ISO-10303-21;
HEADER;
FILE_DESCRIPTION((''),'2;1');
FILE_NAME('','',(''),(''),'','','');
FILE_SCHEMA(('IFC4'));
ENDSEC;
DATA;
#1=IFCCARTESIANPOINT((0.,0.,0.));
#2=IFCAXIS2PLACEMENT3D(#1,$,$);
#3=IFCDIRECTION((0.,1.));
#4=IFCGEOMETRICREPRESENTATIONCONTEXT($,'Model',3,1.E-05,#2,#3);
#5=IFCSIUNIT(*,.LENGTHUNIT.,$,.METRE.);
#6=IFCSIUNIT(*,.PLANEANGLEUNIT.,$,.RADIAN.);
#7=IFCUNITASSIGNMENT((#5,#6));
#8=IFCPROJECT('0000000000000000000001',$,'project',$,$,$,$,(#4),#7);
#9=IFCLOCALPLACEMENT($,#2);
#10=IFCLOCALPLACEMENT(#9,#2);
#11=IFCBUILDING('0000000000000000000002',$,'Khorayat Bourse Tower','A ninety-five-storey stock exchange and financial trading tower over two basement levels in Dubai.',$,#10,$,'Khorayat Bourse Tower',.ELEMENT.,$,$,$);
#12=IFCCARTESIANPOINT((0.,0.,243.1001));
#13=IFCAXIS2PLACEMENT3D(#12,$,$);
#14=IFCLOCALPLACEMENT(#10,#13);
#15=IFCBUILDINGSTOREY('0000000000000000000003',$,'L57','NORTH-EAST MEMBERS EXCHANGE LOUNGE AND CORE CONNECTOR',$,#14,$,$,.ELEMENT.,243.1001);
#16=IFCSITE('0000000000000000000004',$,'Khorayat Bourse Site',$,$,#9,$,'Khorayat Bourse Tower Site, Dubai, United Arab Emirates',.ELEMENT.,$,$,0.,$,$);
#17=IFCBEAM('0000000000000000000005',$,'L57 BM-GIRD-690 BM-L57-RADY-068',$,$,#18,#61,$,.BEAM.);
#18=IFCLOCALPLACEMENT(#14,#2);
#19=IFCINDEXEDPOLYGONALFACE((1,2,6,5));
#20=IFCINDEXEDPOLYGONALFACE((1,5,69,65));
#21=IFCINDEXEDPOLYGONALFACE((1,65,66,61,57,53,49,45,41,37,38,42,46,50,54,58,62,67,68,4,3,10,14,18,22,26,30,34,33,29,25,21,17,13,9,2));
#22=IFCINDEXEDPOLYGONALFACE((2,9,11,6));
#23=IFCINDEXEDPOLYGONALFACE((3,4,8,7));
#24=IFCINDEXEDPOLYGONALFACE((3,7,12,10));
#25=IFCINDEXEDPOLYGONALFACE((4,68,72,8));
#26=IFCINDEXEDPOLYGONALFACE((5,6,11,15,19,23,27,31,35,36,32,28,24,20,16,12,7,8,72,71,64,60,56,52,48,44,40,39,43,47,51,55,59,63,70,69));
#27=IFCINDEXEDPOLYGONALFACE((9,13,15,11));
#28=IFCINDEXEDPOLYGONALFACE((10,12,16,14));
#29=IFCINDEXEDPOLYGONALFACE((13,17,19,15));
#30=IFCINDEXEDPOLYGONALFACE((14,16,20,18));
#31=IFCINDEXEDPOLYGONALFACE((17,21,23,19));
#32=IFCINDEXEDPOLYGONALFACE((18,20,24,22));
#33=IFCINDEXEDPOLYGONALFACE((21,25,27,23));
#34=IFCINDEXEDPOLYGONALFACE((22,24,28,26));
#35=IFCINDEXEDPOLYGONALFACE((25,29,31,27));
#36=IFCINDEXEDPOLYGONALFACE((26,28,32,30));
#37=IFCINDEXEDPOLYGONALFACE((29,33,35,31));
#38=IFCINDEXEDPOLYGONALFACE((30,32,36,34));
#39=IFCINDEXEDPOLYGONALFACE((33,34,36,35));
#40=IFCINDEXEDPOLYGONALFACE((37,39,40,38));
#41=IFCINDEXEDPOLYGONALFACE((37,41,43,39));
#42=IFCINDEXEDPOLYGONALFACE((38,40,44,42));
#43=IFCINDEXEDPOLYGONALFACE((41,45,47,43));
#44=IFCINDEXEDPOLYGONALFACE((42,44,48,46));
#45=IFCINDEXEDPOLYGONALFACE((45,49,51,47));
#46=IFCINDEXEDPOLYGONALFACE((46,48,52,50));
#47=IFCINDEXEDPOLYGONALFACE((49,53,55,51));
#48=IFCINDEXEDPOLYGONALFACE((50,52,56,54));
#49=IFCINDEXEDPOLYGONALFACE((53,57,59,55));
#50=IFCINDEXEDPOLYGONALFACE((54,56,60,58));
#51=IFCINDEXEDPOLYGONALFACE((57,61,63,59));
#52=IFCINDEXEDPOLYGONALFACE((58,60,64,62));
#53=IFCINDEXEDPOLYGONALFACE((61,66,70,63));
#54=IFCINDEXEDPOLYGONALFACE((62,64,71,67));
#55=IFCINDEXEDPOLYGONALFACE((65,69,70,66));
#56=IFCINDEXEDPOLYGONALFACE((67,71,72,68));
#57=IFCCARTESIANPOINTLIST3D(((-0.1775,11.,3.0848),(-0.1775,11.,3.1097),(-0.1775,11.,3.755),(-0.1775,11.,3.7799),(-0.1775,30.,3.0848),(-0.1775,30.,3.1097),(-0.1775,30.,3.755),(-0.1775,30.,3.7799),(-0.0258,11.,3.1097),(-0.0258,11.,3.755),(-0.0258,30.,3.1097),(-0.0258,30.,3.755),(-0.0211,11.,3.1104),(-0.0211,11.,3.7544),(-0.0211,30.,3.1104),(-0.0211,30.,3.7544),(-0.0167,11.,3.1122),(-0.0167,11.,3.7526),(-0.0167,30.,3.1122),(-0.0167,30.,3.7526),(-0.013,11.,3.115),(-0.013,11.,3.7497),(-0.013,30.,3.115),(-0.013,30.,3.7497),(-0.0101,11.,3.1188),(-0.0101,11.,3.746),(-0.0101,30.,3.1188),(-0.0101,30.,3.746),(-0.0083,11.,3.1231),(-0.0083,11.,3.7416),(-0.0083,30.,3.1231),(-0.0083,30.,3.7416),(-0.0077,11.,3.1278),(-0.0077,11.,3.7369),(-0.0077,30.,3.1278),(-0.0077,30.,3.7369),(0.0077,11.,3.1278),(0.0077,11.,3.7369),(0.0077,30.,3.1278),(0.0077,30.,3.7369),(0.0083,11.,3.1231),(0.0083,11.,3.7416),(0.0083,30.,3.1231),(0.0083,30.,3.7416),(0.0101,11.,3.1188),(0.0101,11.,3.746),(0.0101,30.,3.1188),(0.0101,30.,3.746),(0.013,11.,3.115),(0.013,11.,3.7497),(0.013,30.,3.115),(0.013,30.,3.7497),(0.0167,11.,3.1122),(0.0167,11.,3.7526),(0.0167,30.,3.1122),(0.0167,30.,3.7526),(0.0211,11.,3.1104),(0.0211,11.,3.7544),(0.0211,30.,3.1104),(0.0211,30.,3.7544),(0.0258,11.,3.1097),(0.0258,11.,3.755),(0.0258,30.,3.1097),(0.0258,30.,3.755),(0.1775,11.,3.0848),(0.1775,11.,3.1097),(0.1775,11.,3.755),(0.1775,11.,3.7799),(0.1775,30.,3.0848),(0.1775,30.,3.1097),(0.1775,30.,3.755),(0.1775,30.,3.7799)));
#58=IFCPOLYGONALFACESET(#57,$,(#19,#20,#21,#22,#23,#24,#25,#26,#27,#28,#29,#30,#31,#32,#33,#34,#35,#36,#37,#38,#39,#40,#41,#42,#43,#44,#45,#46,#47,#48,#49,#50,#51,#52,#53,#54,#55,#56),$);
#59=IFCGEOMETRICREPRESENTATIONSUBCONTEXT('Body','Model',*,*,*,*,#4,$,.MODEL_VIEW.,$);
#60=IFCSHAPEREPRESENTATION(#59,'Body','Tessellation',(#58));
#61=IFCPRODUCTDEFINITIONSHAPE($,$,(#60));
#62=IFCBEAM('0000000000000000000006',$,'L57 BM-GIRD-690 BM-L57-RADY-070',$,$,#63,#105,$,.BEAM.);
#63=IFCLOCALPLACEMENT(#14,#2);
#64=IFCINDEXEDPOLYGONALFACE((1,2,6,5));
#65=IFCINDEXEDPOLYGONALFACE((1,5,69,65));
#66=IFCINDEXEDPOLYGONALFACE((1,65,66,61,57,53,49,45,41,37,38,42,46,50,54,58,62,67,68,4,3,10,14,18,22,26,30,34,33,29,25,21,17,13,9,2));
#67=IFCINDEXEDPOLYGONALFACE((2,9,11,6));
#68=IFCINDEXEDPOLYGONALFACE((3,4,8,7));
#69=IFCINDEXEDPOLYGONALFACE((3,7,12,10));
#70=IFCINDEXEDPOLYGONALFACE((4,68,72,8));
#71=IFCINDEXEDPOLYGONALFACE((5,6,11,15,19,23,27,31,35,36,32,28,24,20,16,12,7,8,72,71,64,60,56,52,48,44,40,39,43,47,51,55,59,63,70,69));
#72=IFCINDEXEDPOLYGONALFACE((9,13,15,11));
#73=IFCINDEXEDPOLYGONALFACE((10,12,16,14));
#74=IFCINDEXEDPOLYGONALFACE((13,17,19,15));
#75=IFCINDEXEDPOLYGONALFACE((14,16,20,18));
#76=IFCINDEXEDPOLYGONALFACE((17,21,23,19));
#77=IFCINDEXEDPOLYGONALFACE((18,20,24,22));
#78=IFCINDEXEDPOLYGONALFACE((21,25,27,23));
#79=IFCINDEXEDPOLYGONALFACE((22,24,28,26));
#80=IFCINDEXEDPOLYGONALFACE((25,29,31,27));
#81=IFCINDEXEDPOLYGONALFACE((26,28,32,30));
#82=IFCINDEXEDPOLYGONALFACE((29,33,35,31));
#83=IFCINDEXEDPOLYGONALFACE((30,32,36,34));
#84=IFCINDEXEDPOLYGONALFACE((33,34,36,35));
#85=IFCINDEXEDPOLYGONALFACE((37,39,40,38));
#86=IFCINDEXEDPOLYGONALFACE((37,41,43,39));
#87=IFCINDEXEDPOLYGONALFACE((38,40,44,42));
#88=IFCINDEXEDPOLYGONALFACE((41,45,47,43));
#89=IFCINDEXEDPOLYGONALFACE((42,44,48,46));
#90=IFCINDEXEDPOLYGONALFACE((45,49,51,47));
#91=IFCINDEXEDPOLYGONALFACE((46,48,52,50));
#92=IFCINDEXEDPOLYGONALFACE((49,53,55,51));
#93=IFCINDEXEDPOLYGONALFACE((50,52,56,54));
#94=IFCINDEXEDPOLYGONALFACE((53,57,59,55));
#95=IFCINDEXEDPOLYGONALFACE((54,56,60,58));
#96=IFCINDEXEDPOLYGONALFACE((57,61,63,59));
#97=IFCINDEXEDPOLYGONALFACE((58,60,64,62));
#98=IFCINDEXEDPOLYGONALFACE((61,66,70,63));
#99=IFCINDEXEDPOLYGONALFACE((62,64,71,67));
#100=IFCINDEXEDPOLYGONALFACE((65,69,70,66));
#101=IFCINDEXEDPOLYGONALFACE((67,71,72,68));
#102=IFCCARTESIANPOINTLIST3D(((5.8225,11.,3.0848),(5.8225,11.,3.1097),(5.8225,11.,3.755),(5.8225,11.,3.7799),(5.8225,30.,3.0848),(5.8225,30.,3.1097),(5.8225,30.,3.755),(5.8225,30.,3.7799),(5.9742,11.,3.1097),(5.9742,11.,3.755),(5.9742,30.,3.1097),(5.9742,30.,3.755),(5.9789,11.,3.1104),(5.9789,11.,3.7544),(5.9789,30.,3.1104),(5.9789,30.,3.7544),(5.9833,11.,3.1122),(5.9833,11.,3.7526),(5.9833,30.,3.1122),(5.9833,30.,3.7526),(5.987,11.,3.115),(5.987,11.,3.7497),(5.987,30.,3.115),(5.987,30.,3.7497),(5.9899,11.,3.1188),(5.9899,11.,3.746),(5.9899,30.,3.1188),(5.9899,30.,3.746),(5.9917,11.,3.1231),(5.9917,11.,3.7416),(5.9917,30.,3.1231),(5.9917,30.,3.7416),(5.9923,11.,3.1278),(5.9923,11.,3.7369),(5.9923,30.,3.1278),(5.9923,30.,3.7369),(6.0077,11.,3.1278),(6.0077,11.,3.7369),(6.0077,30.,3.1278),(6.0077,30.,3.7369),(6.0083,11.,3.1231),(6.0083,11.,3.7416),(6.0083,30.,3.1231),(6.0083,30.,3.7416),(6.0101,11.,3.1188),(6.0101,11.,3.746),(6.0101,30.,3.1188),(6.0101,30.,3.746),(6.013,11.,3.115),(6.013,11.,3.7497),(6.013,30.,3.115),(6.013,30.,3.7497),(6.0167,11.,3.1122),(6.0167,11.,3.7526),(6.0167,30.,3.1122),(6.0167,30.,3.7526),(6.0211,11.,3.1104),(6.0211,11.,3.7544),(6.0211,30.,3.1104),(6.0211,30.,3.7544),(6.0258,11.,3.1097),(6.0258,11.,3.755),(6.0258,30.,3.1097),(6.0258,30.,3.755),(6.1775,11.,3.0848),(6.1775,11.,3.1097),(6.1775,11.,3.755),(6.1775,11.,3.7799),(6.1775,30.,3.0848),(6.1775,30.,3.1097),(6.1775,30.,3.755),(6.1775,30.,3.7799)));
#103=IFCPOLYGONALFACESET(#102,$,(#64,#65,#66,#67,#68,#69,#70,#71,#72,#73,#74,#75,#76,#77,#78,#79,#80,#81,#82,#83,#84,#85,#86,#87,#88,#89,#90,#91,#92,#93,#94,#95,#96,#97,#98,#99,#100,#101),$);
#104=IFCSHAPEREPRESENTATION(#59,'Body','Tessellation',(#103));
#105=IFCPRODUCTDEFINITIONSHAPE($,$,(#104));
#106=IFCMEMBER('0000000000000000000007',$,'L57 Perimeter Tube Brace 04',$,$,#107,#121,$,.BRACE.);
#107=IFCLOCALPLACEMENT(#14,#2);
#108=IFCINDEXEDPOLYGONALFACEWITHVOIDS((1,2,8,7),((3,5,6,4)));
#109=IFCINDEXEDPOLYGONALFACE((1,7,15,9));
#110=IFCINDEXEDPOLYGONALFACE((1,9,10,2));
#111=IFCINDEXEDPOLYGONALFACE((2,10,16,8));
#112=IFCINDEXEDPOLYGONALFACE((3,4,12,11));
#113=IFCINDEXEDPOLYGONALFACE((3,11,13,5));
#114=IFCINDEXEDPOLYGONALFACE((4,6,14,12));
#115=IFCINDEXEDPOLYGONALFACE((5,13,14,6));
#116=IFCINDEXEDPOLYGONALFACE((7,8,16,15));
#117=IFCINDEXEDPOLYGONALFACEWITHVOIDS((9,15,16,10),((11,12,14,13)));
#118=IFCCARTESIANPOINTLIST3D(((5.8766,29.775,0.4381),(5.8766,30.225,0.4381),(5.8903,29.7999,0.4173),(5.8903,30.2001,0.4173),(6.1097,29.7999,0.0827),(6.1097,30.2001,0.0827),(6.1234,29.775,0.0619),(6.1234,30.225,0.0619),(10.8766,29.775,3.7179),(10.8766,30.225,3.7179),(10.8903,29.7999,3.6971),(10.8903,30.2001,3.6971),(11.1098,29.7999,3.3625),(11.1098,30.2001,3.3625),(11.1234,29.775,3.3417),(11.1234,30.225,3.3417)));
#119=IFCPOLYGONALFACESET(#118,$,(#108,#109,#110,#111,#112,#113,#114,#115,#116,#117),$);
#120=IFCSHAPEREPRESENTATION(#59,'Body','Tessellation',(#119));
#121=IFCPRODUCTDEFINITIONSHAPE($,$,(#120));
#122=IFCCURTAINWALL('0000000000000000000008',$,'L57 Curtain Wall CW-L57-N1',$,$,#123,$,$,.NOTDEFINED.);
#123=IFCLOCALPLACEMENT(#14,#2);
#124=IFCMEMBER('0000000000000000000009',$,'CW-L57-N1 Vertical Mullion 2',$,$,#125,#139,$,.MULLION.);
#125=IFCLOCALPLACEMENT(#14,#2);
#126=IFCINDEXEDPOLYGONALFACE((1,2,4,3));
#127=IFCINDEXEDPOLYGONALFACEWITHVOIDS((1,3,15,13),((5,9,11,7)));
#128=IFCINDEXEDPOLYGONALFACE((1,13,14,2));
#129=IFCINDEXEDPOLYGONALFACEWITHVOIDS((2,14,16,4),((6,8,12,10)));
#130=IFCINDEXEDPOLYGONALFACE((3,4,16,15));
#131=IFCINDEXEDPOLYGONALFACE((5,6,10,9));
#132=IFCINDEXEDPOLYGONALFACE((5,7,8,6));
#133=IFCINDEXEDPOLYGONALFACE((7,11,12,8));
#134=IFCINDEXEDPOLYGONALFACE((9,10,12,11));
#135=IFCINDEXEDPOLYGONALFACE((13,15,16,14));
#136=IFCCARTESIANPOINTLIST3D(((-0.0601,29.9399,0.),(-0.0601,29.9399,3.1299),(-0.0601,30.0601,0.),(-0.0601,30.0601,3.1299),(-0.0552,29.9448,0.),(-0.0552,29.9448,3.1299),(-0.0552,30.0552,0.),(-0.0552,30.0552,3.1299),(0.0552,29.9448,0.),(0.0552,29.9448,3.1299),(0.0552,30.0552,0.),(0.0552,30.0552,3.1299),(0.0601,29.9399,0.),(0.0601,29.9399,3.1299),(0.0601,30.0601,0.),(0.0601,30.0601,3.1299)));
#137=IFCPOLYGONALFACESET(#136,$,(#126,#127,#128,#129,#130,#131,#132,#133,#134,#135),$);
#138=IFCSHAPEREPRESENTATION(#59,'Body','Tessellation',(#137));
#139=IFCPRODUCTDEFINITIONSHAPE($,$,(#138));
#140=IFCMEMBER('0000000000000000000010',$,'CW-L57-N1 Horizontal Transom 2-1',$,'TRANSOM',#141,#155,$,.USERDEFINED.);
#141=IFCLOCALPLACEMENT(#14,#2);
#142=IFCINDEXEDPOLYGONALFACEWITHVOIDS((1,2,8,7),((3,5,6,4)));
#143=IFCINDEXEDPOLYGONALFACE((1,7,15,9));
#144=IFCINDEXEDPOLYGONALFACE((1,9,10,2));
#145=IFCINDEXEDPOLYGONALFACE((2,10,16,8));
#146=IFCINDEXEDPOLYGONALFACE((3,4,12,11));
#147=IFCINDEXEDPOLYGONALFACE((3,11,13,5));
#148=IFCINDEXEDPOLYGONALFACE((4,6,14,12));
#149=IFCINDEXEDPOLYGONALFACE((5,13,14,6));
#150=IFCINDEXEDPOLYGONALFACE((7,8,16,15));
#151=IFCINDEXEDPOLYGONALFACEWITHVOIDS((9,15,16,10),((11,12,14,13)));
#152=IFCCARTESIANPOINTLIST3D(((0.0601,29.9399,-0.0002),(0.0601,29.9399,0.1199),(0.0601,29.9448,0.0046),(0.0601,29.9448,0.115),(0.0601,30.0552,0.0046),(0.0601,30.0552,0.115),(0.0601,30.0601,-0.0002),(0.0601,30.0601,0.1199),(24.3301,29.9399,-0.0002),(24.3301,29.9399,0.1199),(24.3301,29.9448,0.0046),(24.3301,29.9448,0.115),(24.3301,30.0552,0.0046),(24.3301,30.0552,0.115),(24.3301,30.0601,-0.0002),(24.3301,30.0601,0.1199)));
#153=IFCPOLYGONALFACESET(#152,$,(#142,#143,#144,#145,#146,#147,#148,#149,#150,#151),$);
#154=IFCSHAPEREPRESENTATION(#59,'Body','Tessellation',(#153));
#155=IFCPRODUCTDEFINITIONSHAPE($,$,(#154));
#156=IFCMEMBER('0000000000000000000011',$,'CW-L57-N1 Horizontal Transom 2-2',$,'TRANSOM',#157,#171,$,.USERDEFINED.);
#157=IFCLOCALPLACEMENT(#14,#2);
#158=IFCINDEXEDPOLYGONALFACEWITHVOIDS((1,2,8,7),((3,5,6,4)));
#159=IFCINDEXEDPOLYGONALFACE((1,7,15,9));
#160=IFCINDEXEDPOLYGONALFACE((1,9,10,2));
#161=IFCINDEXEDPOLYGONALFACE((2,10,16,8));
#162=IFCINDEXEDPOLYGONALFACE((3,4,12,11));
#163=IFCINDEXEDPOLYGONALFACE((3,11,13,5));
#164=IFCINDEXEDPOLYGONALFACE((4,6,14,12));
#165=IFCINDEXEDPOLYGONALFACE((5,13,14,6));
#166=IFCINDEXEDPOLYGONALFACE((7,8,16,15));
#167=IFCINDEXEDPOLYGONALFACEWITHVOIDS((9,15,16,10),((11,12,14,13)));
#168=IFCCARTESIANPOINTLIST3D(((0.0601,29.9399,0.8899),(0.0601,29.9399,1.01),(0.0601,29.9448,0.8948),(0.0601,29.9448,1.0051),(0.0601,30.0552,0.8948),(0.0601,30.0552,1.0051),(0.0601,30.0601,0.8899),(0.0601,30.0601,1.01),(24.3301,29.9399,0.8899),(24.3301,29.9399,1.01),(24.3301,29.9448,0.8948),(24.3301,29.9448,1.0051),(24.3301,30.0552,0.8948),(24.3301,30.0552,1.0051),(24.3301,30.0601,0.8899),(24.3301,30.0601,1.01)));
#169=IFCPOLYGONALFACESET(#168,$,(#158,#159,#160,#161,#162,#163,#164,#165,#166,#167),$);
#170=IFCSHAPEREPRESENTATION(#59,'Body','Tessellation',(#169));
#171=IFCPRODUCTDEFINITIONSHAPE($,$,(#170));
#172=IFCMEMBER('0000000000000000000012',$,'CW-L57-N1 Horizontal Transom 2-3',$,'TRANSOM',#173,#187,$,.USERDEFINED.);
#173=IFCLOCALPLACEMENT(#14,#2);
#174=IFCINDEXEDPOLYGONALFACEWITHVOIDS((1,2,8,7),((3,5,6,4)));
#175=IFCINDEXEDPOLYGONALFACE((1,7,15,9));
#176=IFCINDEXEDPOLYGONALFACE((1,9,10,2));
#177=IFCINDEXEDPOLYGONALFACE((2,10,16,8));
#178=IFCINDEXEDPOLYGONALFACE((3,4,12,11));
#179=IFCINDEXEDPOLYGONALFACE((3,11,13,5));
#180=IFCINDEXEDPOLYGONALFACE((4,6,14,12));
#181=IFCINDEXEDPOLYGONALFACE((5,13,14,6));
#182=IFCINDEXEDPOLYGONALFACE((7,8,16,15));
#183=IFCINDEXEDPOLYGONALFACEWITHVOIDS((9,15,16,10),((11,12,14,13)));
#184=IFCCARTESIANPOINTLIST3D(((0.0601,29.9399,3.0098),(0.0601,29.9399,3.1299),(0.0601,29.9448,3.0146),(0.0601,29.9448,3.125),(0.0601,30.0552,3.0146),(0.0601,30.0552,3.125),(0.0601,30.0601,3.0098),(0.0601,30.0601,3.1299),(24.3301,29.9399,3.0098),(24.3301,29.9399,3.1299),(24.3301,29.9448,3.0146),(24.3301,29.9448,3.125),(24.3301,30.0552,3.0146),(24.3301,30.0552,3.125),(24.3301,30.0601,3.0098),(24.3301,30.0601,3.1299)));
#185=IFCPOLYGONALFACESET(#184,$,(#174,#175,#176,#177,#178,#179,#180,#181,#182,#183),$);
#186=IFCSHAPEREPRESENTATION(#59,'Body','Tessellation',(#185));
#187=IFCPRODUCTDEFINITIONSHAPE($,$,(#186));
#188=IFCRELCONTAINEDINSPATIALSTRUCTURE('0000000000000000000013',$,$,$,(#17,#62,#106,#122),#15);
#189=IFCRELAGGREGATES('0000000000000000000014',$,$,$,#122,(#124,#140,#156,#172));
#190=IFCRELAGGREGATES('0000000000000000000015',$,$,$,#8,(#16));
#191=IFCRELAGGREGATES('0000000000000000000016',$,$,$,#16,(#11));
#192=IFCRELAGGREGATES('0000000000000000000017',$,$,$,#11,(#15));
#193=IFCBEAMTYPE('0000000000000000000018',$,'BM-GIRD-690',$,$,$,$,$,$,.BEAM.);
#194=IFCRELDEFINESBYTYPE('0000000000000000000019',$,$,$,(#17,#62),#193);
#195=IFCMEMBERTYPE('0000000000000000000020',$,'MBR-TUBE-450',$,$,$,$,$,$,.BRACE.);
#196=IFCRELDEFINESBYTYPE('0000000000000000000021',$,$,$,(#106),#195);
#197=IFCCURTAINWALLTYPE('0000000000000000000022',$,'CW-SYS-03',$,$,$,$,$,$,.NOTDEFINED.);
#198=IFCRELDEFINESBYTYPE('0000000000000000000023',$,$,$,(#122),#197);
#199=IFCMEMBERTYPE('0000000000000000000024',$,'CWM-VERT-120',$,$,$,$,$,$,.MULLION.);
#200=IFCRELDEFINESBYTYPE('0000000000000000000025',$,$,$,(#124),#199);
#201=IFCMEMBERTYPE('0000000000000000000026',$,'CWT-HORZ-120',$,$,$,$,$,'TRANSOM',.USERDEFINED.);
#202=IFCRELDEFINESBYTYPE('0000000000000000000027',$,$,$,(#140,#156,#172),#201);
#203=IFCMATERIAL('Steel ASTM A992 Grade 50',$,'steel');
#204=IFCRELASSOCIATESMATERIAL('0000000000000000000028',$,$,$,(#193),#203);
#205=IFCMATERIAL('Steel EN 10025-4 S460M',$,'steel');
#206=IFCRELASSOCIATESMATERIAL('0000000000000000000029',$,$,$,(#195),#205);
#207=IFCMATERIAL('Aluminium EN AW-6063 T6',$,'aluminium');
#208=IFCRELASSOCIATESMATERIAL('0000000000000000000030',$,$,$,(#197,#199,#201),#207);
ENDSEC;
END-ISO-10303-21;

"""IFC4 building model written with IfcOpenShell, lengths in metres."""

from ifc_helpers import new_model, si_unit, direction, frame, origin, origin_2d, place, context, subcontext, project, spatial, hollow_rectangle, i_section, extrude, source, transform, mapped, material, material_profile, profile_set, type_object, element, aggregate, save


model = new_model("IFC4")

# Units and contexts
model_context = context("Model", 3, precision=1e-05, world=origin(), true_north=direction((0.0, 1.0)))
body_context = subcontext(model_context, "Body", "Model", "MODEL_VIEW")
ifc_project = project(units=[si_unit("LENGTHUNIT", "METRE"), si_unit("PLANEANGLEUNIT", "RADIAN")], contexts=[model_context])

# Site, building, storey
site_placement = place(None, origin())
site = spatial("IfcSite", under=ifc_project, at=site_placement, Name="Khorayat Bourse Site", LongName="Khorayat Bourse Tower Site, Dubai, United Arab Emirates", CompositionType="ELEMENT", RefElevation=0.0)
building_placement = place(site_placement, origin())
building = spatial("IfcBuilding", under=site, at=building_placement, Name="Khorayat Bourse Tower", Description="A ninety-five-storey stock exchange and financial trading tower over two basement levels in Dubai.", LongName="Khorayat Bourse Tower", CompositionType="ELEMENT")
storey_placement = place(building_placement, frame((0.0, 0.0, 243.1001)))
storey = spatial("IfcBuildingStorey", under=building, at=storey_placement, Name="L57", Description="NORTH-EAST MEMBERS EXCHANGE LOUNGE AND CORE CONNECTOR", CompositionType="ELEMENT", Elevation=243.1001)

# Shared definitions
ifc_material_1 = material(Name="Steel EN 10025-4 S460M", Category="steel")

# Beams
ifc_material_2 = material(Name="Steel ASTM A992 Grade 50", Category="steel")
ifc_material_profile_1 = material_profile(ifc_material_2, i_section(OverallWidth=0.355, OverallDepth=0.6951, WebThickness=0.0154, FlangeThickness=0.0249, FilletRadius=0.0181, at=origin_2d()), Name="W690X217")
ifc_profile_set_1 = profile_set([ifc_material_profile_1], Name="Steel ASTM A992 Grade 50")
beam_type_1 = type_object("IfcBeamType", Name="BM-GIRD-690", PredefinedType="BEAM", material=ifc_profile_set_1)
shared_shape_1 = source(origin(), body_context, "Body", "SweptSolid", [
    extrude(i_section(OverallWidth=0.355, OverallDepth=0.6951, WebThickness=0.0154, FlangeThickness=0.0249, FilletRadius=0.0181, at=origin_2d()), origin(), (0.0, 0.0, 1.0), 19.0),
])
for number, where, z_axis, x_axis, name in (
    (1, (0.0, 11.0, 3.4324), (0.0, 1.0, 0.0), (-1.0, 0.0, 0.0), "L57 BM-GIRD-690 BM-L57-RADY-068"),
    (2, (6.0, 11.0, 3.4324), (0.0, 1.0, 0.0), (-1.0, 0.0, 0.0), "L57 BM-GIRD-690 BM-L57-RADY-070"),
):
    element("IfcBeam", number, at=place(storey_placement, frame(where, z_axis=z_axis, x_axis=x_axis)), inside=storey, type_object=beam_type_1, Name=name, PredefinedType="BEAM", context=body_context, shape_type="MappedRepresentation", body=[
        mapped(shared_shape_1, transform((0.0, 0.0, 0.0), scale=1.0)),
    ])

# Member
ifc_material_profile_2 = material_profile(ifc_material_1, hollow_rectangle(XDim=0.45, YDim=0.45, WallThickness=0.0249, at=origin_2d()), Name="HSS 450x450x25")
ifc_profile_set_2 = profile_set([ifc_material_profile_2], Name="Steel EN 10025-4 S460M")
member_type_1 = type_object("IfcMemberType", Name="MBR-TUBE-450", PredefinedType="BRACE", material=ifc_profile_set_2)
shared_shape_2 = source(origin(), body_context, "Body", "SweptSolid", [
    extrude(hollow_rectangle(XDim=0.45, YDim=0.45, WallThickness=0.0249, at=origin_2d()), origin(), (0.0, 0.0, 1.0), 5.9797),
])
member_1_placement = place(storey_placement, frame((6.0, 30.0, 0.25), z_axis=(0.83616, 0.0, 0.548485), x_axis=(0.0, 1.0, 0.0)))
element("IfcMember", 3, at=member_1_placement, inside=storey, type_object=member_type_1, Name="L57 Perimeter Tube Brace 04", PredefinedType="BRACE", context=body_context, shape_type="MappedRepresentation", body=[
    mapped(shared_shape_2, transform((0.0, 0.0, 0.0), scale=1.0)),
])

# Curtain wall, members
ifc_material_3 = material(Name="Aluminium EN AW-6063 T6", Category="aluminium")
curtain_wall_type = type_object("IfcCurtainWallType", Name="CW-SYS-03", PredefinedType="NOTDEFINED", material=ifc_material_3)
curtain_wall_placement = place(storey_placement, origin())
curtain_wall = element("IfcCurtainWall", 4, at=curtain_wall_placement, inside=storey, type_object=curtain_wall_type, Name="L57 Curtain Wall CW-L57-N1", PredefinedType="NOTDEFINED")
ifc_material_profile_3 = material_profile(ifc_material_3, hollow_rectangle(XDim=0.1201, YDim=0.1201, WallThickness=0.0049, at=origin_2d()), Name="ALU 120x120x5")
ifc_profile_set_3 = profile_set([ifc_material_profile_3], Name="Aluminium EN AW-6063 T6")
member_type_2 = type_object("IfcMemberType", Name="CWM-VERT-120", PredefinedType="MULLION", material=ifc_profile_set_3)
shared_shape_3 = source(origin(), body_context, "Body", "SweptSolid", [
    extrude(hollow_rectangle(XDim=0.1201, YDim=0.1201, WallThickness=0.0049, at=origin_2d()), origin(), (0.0, 0.0, 1.0), 3.1299),
])
member_2_placement = place(storey_placement, frame((0.0, 30.0, 0.0), z_axis=(0.0, 0.0, 1.0), x_axis=(0.0, 1.0, 0.0)))
member_2 = element("IfcMember", 5, at=member_2_placement, type_object=member_type_2, Name="CW-L57-N1 Vertical Mullion 2", PredefinedType="MULLION", context=body_context, shape_type="MappedRepresentation", body=[
    mapped(shared_shape_3, transform((0.0, 0.0, 0.0), scale=1.0)),
])
ifc_material_profile_4 = material_profile(ifc_material_3, hollow_rectangle(XDim=0.1201, YDim=0.1201, WallThickness=0.0049, at=origin_2d()), Name="ALU 120x120x5")
ifc_profile_set_4 = profile_set([ifc_material_profile_4], Name="Aluminium EN AW-6063 T6")
member_type_3 = type_object("IfcMemberType", Name="CWT-HORZ-120", ElementType="TRANSOM", PredefinedType="USERDEFINED", material=ifc_profile_set_4)
shared_shape_4 = source(origin(), body_context, "Body", "SweptSolid", [
    extrude(hollow_rectangle(XDim=0.1201, YDim=0.1201, WallThickness=0.0049, at=origin_2d()), origin(), (0.0, 0.0, 1.0), 24.27),
])
member_3_placement = place(storey_placement, frame((0.0601, 30.0, 0.0598), z_axis=(1.0, 0.0, 0.0), x_axis=(0.0, 1.0, 0.0)))
member_3 = element("IfcMember", 6, at=member_3_placement, type_object=member_type_3, Name="CW-L57-N1 Horizontal Transom 2-1", ObjectType="TRANSOM", PredefinedType="USERDEFINED", context=body_context, shape_type="MappedRepresentation", body=[
    mapped(shared_shape_4, transform((0.0, 0.0, 0.0), scale=1.0)),
])
member_4_placement = place(storey_placement, frame((0.0601, 30.0, 0.95), z_axis=(1.0, 0.0, 0.0), x_axis=(0.0, 1.0, 0.0)))
member_4 = element("IfcMember", 7, at=member_4_placement, type_object=member_type_3, Name="CW-L57-N1 Horizontal Transom 2-2", ObjectType="TRANSOM", PredefinedType="USERDEFINED", context=body_context, shape_type="MappedRepresentation", body=[
    mapped(shared_shape_4, transform((0.0, 0.0, 0.0), scale=1.0)),
])
member_5_placement = place(storey_placement, frame((0.0601, 30.0, 3.0698), z_axis=(1.0, 0.0, 0.0), x_axis=(0.0, 1.0, 0.0)))
member_5 = element("IfcMember", 8, at=member_5_placement, type_object=member_type_3, Name="CW-L57-N1 Horizontal Transom 2-3", ObjectType="TRANSOM", PredefinedType="USERDEFINED", context=body_context, shape_type="MappedRepresentation", body=[
    mapped(shared_shape_4, transform((0.0, 0.0, 0.0), scale=1.0)),
])
aggregate(curtain_wall, [member_2, member_3, member_4, member_5])

save(model, "model.ifc")
